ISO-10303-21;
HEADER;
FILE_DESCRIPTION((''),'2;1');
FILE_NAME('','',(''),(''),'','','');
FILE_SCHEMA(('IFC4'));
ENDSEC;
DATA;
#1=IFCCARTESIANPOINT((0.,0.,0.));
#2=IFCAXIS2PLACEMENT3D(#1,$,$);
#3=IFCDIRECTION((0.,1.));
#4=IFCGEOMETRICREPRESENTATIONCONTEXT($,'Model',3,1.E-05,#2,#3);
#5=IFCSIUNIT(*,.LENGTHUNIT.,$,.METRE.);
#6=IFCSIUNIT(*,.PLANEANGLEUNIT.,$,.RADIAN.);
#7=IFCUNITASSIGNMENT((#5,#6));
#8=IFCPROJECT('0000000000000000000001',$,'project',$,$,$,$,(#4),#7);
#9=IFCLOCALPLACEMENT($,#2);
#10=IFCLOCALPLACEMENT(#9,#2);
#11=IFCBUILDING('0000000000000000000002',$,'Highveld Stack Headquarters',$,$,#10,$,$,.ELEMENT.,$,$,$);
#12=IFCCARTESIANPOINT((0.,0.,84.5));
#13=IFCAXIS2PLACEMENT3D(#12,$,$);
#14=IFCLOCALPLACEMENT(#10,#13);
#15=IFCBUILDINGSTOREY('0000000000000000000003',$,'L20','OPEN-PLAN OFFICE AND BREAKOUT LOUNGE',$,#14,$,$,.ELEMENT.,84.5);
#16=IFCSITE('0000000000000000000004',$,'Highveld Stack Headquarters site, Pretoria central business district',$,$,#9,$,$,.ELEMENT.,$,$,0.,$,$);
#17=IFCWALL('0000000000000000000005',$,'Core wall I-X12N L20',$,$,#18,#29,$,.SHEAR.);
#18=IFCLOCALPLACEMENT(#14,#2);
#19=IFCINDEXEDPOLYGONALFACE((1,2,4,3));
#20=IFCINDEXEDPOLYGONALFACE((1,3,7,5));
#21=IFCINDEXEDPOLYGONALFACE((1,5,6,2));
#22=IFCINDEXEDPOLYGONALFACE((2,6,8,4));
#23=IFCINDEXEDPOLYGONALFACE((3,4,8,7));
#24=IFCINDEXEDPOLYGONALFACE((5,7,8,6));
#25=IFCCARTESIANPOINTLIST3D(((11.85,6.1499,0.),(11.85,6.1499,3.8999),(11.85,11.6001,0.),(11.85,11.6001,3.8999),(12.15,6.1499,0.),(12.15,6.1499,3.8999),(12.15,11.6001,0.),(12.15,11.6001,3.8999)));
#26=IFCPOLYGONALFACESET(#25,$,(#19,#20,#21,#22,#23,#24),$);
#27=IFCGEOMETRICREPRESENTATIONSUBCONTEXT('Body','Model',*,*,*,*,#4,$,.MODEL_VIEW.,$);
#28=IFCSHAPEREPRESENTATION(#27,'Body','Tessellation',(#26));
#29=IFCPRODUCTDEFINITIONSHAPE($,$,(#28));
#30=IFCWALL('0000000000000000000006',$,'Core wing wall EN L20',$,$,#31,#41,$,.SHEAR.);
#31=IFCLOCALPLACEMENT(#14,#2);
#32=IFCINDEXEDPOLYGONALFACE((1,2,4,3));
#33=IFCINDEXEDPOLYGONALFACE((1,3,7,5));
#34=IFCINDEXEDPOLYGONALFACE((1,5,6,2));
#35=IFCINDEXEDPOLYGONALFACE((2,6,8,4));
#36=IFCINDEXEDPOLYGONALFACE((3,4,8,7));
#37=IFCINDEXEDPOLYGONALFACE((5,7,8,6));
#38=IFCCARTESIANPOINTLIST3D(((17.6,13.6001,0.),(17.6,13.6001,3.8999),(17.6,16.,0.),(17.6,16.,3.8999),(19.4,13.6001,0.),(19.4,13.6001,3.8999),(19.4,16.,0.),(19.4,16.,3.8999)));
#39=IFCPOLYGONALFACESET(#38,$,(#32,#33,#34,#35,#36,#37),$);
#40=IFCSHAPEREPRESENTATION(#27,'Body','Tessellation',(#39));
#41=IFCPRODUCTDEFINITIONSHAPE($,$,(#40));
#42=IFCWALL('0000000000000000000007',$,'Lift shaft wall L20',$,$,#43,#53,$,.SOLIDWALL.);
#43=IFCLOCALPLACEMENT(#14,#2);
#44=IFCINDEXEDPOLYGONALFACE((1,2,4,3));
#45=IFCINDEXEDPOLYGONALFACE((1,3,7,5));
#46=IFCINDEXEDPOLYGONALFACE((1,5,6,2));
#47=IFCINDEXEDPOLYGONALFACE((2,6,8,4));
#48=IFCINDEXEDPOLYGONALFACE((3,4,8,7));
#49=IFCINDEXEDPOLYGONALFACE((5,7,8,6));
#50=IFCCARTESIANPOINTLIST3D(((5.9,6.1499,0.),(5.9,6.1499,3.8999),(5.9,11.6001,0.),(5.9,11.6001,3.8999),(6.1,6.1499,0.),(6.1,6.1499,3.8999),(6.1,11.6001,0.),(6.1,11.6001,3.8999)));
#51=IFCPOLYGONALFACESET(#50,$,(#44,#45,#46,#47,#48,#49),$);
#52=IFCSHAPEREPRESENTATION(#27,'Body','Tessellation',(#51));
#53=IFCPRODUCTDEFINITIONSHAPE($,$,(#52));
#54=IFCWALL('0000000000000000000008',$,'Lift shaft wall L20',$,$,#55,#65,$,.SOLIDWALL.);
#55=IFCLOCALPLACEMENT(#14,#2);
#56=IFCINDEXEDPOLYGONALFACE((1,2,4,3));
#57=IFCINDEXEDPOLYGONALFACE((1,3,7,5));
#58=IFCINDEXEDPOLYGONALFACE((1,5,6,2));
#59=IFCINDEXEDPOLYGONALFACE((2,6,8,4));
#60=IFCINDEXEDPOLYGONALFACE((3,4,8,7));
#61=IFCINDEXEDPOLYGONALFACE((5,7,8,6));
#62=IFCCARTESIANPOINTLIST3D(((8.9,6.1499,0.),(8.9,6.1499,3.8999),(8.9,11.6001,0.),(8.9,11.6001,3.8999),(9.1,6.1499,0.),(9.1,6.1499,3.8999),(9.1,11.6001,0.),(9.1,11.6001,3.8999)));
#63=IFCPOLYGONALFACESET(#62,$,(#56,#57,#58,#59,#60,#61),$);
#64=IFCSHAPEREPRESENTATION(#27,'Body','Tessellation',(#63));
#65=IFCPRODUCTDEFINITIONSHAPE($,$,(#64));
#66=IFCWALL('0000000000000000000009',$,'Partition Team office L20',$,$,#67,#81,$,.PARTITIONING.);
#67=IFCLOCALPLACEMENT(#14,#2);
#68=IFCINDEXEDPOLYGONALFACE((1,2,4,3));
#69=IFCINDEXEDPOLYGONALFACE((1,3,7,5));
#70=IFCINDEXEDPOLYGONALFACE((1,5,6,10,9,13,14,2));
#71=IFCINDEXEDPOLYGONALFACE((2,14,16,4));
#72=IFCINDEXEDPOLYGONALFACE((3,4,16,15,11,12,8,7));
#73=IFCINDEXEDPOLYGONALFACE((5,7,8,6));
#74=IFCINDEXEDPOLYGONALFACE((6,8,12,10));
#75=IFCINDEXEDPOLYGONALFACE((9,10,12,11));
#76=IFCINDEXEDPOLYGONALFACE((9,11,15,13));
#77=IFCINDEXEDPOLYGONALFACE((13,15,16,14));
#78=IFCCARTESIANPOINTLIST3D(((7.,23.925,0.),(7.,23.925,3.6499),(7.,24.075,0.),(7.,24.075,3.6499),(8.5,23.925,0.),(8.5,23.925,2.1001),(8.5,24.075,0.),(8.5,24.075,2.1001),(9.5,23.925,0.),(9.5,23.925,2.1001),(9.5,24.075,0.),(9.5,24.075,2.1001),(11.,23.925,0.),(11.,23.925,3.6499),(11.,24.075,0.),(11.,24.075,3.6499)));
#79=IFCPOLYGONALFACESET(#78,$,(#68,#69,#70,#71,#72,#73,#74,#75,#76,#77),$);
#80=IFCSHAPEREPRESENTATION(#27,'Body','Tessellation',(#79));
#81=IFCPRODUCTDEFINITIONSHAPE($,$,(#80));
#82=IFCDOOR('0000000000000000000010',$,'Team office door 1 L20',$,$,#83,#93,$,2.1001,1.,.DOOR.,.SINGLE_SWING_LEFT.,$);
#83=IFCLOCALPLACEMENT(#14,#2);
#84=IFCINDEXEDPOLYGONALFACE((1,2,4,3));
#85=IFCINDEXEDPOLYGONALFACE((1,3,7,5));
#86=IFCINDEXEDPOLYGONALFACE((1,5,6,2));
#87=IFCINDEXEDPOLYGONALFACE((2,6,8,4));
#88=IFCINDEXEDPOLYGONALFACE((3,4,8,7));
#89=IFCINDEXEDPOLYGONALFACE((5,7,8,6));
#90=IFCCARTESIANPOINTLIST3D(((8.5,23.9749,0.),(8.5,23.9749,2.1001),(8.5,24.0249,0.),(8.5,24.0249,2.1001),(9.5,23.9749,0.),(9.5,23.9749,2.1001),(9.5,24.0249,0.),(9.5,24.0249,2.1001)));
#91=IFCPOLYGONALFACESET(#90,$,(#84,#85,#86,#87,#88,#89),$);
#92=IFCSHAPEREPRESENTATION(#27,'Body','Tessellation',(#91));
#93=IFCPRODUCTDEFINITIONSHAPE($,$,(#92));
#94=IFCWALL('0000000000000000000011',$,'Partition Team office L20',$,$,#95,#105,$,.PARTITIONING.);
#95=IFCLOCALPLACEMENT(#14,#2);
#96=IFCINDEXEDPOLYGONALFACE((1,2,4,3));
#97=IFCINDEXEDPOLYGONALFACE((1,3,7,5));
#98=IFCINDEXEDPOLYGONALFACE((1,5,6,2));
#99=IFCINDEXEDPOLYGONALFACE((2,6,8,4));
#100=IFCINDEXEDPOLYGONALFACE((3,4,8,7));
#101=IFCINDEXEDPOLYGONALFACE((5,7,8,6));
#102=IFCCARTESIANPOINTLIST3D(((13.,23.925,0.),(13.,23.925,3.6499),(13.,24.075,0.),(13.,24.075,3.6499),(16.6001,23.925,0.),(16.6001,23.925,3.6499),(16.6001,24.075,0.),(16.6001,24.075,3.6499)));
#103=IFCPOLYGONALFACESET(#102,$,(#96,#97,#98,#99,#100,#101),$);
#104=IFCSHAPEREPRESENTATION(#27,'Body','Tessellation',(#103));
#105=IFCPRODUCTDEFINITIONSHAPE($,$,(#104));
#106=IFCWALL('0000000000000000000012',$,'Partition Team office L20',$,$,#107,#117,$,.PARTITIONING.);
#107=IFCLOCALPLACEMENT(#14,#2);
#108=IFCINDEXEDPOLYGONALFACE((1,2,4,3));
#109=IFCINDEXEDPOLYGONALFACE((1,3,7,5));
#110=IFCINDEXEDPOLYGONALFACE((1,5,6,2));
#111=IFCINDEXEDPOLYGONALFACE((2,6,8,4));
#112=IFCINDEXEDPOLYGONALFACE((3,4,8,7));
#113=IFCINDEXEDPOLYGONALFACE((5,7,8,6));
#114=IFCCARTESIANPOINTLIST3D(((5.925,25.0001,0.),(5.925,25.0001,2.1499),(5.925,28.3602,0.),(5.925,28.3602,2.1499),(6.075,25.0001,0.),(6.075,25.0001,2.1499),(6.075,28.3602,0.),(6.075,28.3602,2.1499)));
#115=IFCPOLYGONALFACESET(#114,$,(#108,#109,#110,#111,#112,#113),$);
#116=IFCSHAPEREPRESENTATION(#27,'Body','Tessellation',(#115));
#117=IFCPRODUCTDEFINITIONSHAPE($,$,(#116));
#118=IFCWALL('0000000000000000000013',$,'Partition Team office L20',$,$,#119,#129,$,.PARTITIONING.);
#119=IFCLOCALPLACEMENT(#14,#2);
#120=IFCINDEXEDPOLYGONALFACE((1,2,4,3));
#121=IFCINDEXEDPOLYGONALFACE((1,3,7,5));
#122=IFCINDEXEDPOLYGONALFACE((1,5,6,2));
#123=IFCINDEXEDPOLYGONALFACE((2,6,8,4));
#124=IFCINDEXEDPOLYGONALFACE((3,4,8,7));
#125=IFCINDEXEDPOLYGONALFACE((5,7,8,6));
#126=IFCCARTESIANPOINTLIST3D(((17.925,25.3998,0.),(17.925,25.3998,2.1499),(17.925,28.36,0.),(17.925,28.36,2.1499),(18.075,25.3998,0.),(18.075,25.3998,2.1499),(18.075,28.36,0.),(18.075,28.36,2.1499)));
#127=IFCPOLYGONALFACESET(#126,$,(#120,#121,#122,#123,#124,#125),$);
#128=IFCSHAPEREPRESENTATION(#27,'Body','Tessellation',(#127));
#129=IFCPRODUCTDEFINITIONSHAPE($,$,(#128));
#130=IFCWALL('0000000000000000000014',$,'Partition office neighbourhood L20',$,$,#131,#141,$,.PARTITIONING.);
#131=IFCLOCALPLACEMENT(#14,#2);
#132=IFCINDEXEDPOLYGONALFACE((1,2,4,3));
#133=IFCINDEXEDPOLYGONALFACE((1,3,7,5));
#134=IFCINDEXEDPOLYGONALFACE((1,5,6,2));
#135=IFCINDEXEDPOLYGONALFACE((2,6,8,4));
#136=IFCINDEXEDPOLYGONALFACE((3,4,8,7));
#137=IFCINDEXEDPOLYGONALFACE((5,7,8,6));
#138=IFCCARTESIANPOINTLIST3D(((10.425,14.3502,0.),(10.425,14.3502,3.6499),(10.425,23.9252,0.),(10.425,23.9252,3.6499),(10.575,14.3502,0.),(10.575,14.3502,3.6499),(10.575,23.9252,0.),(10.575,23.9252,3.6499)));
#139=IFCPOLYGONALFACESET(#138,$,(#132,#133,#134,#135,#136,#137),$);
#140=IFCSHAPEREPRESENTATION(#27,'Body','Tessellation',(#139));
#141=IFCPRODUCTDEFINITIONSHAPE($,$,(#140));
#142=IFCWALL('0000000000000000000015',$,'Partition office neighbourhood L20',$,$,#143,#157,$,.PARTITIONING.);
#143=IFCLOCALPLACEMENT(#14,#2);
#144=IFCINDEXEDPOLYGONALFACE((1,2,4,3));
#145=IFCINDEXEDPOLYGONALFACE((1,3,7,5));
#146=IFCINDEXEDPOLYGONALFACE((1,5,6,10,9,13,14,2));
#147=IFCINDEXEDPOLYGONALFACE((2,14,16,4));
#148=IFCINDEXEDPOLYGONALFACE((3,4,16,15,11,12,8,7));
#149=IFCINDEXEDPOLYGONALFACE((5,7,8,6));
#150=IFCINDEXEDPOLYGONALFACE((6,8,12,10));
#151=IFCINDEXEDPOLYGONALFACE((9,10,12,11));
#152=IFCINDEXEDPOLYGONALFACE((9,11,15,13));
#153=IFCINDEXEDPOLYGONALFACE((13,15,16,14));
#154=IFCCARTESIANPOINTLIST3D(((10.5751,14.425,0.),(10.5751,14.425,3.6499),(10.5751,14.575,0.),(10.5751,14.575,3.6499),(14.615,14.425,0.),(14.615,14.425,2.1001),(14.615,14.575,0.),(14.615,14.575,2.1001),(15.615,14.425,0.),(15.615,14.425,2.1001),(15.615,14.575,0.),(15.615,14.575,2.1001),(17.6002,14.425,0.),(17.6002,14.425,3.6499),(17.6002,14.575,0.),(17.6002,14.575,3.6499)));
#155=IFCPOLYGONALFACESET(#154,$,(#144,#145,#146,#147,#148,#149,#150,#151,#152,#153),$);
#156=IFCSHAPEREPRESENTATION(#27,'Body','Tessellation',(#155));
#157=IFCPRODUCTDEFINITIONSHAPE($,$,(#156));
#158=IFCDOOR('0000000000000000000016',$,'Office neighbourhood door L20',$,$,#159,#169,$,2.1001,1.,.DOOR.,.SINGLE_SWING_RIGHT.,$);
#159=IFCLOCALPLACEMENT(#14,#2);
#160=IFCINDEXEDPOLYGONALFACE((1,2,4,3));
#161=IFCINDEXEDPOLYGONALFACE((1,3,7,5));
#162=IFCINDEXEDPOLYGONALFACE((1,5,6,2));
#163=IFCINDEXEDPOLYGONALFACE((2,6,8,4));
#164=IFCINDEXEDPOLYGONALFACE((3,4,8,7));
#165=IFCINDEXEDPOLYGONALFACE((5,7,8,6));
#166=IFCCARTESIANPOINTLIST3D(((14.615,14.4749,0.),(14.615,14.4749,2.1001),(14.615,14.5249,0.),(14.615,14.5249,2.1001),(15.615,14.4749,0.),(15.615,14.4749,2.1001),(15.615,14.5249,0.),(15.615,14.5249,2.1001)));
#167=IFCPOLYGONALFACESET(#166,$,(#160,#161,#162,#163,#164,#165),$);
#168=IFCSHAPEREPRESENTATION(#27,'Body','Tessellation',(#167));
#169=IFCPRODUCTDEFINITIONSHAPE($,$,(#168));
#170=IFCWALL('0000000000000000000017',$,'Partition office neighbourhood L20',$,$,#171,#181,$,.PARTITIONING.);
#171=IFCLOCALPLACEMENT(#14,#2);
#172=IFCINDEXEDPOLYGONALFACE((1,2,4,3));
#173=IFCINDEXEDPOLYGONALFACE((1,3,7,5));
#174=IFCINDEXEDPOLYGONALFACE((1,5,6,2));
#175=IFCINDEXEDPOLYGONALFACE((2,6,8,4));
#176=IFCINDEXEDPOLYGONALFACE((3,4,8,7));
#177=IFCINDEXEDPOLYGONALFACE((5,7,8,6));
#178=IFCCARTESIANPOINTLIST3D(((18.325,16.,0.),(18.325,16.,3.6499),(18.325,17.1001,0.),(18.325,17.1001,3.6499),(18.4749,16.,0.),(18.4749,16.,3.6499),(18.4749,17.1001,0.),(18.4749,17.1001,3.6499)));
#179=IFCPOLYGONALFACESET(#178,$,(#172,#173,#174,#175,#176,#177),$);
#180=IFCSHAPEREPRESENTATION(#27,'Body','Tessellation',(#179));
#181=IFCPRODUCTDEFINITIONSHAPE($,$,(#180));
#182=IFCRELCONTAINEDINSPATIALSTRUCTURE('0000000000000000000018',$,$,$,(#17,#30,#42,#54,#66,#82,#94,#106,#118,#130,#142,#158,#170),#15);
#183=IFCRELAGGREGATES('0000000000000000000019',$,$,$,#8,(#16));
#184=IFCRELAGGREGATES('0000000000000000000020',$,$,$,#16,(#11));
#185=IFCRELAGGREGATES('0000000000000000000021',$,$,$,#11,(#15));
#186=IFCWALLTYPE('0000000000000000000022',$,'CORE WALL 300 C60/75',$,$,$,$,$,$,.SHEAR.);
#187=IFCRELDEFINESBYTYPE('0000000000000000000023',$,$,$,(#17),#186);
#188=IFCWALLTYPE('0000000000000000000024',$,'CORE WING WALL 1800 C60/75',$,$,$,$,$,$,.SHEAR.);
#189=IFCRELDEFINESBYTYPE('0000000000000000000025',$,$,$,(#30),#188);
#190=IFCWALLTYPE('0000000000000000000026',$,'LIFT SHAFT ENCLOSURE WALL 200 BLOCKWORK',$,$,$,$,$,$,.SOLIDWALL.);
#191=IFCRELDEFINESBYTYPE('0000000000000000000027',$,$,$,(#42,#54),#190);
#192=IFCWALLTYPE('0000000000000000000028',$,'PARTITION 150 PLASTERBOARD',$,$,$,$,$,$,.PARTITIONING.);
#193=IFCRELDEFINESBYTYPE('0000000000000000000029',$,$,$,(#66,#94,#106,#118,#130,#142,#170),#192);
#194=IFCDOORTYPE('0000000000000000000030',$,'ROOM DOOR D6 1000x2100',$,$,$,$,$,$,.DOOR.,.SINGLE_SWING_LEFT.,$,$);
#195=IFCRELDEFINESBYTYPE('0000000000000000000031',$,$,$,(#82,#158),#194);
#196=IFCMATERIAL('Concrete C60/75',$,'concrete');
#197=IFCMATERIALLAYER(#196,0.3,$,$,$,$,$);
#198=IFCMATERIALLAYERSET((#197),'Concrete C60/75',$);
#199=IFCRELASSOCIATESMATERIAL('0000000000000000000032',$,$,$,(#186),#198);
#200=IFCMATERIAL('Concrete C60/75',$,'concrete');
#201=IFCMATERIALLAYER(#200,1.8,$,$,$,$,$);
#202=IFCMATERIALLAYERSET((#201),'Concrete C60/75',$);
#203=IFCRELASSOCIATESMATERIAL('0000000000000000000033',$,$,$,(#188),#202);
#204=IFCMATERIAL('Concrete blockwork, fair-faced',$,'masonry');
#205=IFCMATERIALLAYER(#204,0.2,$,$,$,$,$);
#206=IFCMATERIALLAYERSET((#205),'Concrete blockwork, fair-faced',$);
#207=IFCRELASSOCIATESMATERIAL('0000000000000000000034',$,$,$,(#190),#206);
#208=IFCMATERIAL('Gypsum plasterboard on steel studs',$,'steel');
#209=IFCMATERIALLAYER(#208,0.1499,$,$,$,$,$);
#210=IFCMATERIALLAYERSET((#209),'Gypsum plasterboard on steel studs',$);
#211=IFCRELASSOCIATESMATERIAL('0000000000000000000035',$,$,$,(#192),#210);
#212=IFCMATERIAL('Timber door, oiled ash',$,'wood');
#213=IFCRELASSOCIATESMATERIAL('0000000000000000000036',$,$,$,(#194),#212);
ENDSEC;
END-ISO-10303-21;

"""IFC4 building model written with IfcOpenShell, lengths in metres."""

from ifc_helpers import new_model, si_unit, direction, frame, frame_2d, origin, place, context, subcontext, project, spatial, rectangle, extrude, material, layer, layer_set, type_object, element, fill, save


model = new_model("IFC4")

# Units and contexts
model_context = context("Model", 3, precision=1e-05, world=origin(), true_north=direction((0.0, 1.0)))
body_context = subcontext(model_context, "Body", "Model", "MODEL_VIEW")
ifc_project = project(units=[si_unit("LENGTHUNIT", "METRE"), si_unit("PLANEANGLEUNIT", "RADIAN")], contexts=[model_context])

# Site, building, storey
site_placement = place(None, origin())
site = spatial("IfcSite", under=ifc_project, at=site_placement, Name="Highveld Stack Headquarters site, Pretoria central business district", CompositionType="ELEMENT", RefElevation=0.0)
building_placement = place(site_placement, origin())
building = spatial("IfcBuilding", under=site, at=building_placement, Name="Highveld Stack Headquarters", CompositionType="ELEMENT")
storey_placement = place(building_placement, frame((0.0, 0.0, 84.5)))
storey = spatial("IfcBuildingStorey", under=building, at=storey_placement, Name="L20", Description="OPEN-PLAN OFFICE AND BREAKOUT LOUNGE", CompositionType="ELEMENT", Elevation=84.5)

# Walls
ifc_material_1 = material(Name="Concrete C60/75", Category="concrete")
ifc_layer_1 = layer(ifc_material_1, 0.3)
ifc_layer_set_1 = layer_set([ifc_layer_1], Name="Concrete C60/75")
wall_type_1 = type_object("IfcWallType", Name="CORE WALL 300 C60/75", PredefinedType="SHEAR", material=ifc_layer_set_1)
wall_1_placement = place(storey_placement, frame((12.0, 6.1499, 0.0), z_axis=(0.0, 0.0, 1.0), x_axis=(0.0, 1.0, 0.0)))
element("IfcWall", 1, at=wall_1_placement, inside=storey, type_object=wall_type_1, Name="Core wall I-X12N L20", PredefinedType="SHEAR", context=body_context, shape_type="SweptSolid", body=[
    extrude(rectangle(XDim=5.4502, YDim=0.3, at=frame_2d((2.7251, 0.0))), origin(), (0.0, 0.0, 1.0), 3.8999),
])
ifc_material_2 = material(Name="Concrete C60/75", Category="concrete")
ifc_layer_2 = layer(ifc_material_2, 1.8)
ifc_layer_set_2 = layer_set([ifc_layer_2], Name="Concrete C60/75")
wall_type_2 = type_object("IfcWallType", Name="CORE WING WALL 1800 C60/75", PredefinedType="SHEAR", material=ifc_layer_set_2)
wall_2_placement = place(storey_placement, frame((18.5, 13.6001, 0.0), z_axis=(0.0, 0.0, 1.0), x_axis=(0.0, 1.0, 0.0)))
element("IfcWall", 2, at=wall_2_placement, inside=storey, type_object=wall_type_2, Name="Core wing wall EN L20", PredefinedType="SHEAR", context=body_context, shape_type="SweptSolid", body=[
    extrude(rectangle(XDim=2.3999, YDim=1.8, at=frame_2d((1.2, 0.0))), origin(), (0.0, 0.0, 1.0), 3.8999),
])
ifc_material_3 = material(Name="Concrete blockwork, fair-faced", Category="masonry")
ifc_layer_3 = layer(ifc_material_3, 0.2)
ifc_layer_set_3 = layer_set([ifc_layer_3], Name="Concrete blockwork, fair-faced")
wall_type_3 = type_object("IfcWallType", Name="LIFT SHAFT ENCLOSURE WALL 200 BLOCKWORK", PredefinedType="SOLIDWALL", material=ifc_layer_set_3)
for number, where, z_axis, x_axis, name in (
    (3, (6.0, 6.1499, 0.0), (0.0, 0.0, 1.0), (0.0, 1.0, 0.0), "Lift shaft wall L20"),
    (4, (9.0, 6.1499, 0.0), (0.0, 0.0, 1.0), (0.0, 1.0, 0.0), "Lift shaft wall L20"),
):
    element("IfcWall", number, at=place(storey_placement, frame(where, z_axis=z_axis, x_axis=x_axis)), inside=storey, type_object=wall_type_3, Name=name, PredefinedType="SOLIDWALL", context=body_context, shape_type="SweptSolid", body=[
        extrude(rectangle(XDim=5.4502, YDim=0.2, at=frame_2d((2.7251, 0.0))), origin(), (0.0, 0.0, 1.0), 3.8999),
    ])

# Wall, opening, door
ifc_material_4 = material(Name="Gypsum plasterboard on steel studs", Category="steel")
ifc_layer_4 = layer(ifc_material_4, 0.1499)
ifc_layer_set_4 = layer_set([ifc_layer_4], Name="Gypsum plasterboard on steel studs")
wall_type_4 = type_object("IfcWallType", Name="PARTITION 150 PLASTERBOARD", PredefinedType="PARTITIONING", material=ifc_layer_set_4)
wall_3_placement = place(storey_placement, frame((7.0, 24.0, 0.0), z_axis=(0.0, 0.0, 1.0), x_axis=(1.0, 0.0, 0.0)))
wall_3 = element("IfcWall", 5, at=wall_3_placement, inside=storey, type_object=wall_type_4, Name="Partition Team office L20", PredefinedType="PARTITIONING", context=body_context, shape_type="SweptSolid", body=[
    extrude(rectangle(XDim=4.0, YDim=0.1499, at=frame_2d((2.0, 0.0))), origin(), (0.0, 0.0, 1.0), 3.6499),
])
opening_1_placement = place(wall_3_placement, frame((1.5, 0.0, 0.0)))
opening_1 = element("IfcOpeningElement", 6, at=opening_1_placement, cuts=wall_3, PredefinedType="OPENING", context=body_context, shape_type="SweptSolid", body=[
    extrude(rectangle(XDim=1.0, YDim=2.1001, at=frame_2d((0.5, 1.05))), frame((0.0, 0.085, 0.0), z_axis=(0.0, -1.0, 0.0), x_axis=(1.0, 0.0, 0.0)), (0.0, 0.0, 1.0), 0.1699),
])
ifc_material_5 = material(Name="Timber door, oiled ash", Category="wood")
door_type = type_object("IfcDoorType", Name="ROOM DOOR D6 1000x2100", OperationType="SINGLE_SWING_LEFT", PredefinedType="DOOR", material=ifc_material_5)
door_1_placement = place(opening_1_placement, origin())
door_1 = element("IfcDoor", 7, at=door_1_placement, inside=storey, type_object=door_type, Name="Team office door 1 L20", OperationType="SINGLE_SWING_LEFT", OverallHeight=2.1001, OverallWidth=1.0, PredefinedType="DOOR", context=body_context, shape_type="SweptSolid", body=[
    extrude(rectangle(XDim=1.0, YDim=2.1001, at=frame_2d((0.5, 1.05))), frame((0.0, 0.0249, 0.0), z_axis=(0.0, -1.0, 0.0), x_axis=(1.0, 0.0, 0.0)), (0.0, 0.0, 1.0), 0.05),
])
fill(opening_1, door_1)

# Walls
wall_4_placement = place(storey_placement, frame((13.0, 24.0, 0.0), z_axis=(0.0, 0.0, 1.0), x_axis=(1.0, 0.0, 0.0)))
element("IfcWall", 8, at=wall_4_placement, inside=storey, type_object=wall_type_4, Name="Partition Team office L20", PredefinedType="PARTITIONING", context=body_context, shape_type="SweptSolid", body=[
    extrude(rectangle(XDim=3.6001, YDim=0.1499, at=frame_2d((1.8, 0.0))), origin(), (0.0, 0.0, 1.0), 3.6499),
])
wall_5_placement = place(storey_placement, frame((6.0, 25.0, 0.0), z_axis=(0.0, 0.0, 1.0), x_axis=(0.0, 1.0, 0.0)))
element("IfcWall", 9, at=wall_5_placement, inside=storey, type_object=wall_type_4, Name="Partition Team office L20", PredefinedType="PARTITIONING", context=body_context, shape_type="SweptSolid", body=[
    extrude(rectangle(XDim=3.3601, YDim=0.1499, at=frame_2d((1.6802, 0.0))), origin(), (0.0, 0.0, 1.0), 2.1499),
])
wall_6_placement = place(storey_placement, frame((18.0, 25.3999, 0.0), z_axis=(0.0, 0.0, 1.0), x_axis=(0.0, 1.0, 0.0)))
element("IfcWall", 10, at=wall_6_placement, inside=storey, type_object=wall_type_4, Name="Partition Team office L20", PredefinedType="PARTITIONING", context=body_context, shape_type="SweptSolid", body=[
    extrude(rectangle(XDim=2.9602, YDim=0.1499, at=frame_2d((1.48, 0.0))), origin(), (0.0, 0.0, 1.0), 2.1499),
])
wall_7_placement = place(storey_placement, frame((10.5, 14.3501, 0.0), z_axis=(0.0, 0.0, 1.0), x_axis=(0.0, 1.0, 0.0)))
element("IfcWall", 11, at=wall_7_placement, inside=storey, type_object=wall_type_4, Name="Partition office neighbourhood L20", PredefinedType="PARTITIONING", context=body_context, shape_type="SweptSolid", body=[
    extrude(rectangle(XDim=9.575, YDim=0.1499, at=frame_2d((4.7876, 0.0))), origin(), (0.0, 0.0, 1.0), 3.6499),
])

# Wall, opening, door
wall_8_placement = place(storey_placement, frame((10.575, 14.5, 0.0), z_axis=(0.0, 0.0, 1.0), x_axis=(1.0, 0.0, 0.0)))
wall_8 = element("IfcWall", 12, at=wall_8_placement, inside=storey, type_object=wall_type_4, Name="Partition office neighbourhood L20", PredefinedType="PARTITIONING", context=body_context, shape_type="SweptSolid", body=[
    extrude(rectangle(XDim=7.0251, YDim=0.1499, at=frame_2d((3.5127, 0.0))), origin(), (0.0, 0.0, 1.0), 3.6499),
])
opening_2_placement = place(wall_8_placement, frame((4.04, 0.0, 0.0)))
opening_2 = element("IfcOpeningElement", 13, at=opening_2_placement, cuts=wall_8, PredefinedType="OPENING", context=body_context, shape_type="SweptSolid", body=[
    extrude(rectangle(XDim=1.0, YDim=2.1001, at=frame_2d((0.5, 1.05))), frame((0.0, 0.085, 0.0), z_axis=(0.0, -1.0, 0.0), x_axis=(1.0, 0.0, 0.0)), (0.0, 0.0, 1.0), 0.1699),
])
door_2_placement = place(opening_2_placement, origin())
door_2 = element("IfcDoor", 14, at=door_2_placement, inside=storey, type_object=door_type, Name="Office neighbourhood door L20", OperationType="SINGLE_SWING_RIGHT", OverallHeight=2.1001, OverallWidth=1.0, PredefinedType="DOOR", context=body_context, shape_type="SweptSolid", body=[
    extrude(rectangle(XDim=1.0, YDim=2.1001, at=frame_2d((0.5, 1.05))), frame((0.0, 0.0249, 0.0), z_axis=(0.0, -1.0, 0.0), x_axis=(1.0, 0.0, 0.0)), (0.0, 0.0, 1.0), 0.05),
])
fill(opening_2, door_2)

# Wall
wall_9_placement = place(storey_placement, frame((18.3999, 16.0, 0.0), z_axis=(0.0, 0.0, 1.0), x_axis=(0.0, 1.0, 0.0)))
element("IfcWall", 15, at=wall_9_placement, inside=storey, type_object=wall_type_4, Name="Partition office neighbourhood L20", PredefinedType="PARTITIONING", context=body_context, shape_type="SweptSolid", body=[
    extrude(rectangle(XDim=1.1001, YDim=0.1499, at=frame_2d((0.55, 0.0))), origin(), (0.0, 0.0, 1.0), 3.6499),
])

save(model, "model.ifc")
